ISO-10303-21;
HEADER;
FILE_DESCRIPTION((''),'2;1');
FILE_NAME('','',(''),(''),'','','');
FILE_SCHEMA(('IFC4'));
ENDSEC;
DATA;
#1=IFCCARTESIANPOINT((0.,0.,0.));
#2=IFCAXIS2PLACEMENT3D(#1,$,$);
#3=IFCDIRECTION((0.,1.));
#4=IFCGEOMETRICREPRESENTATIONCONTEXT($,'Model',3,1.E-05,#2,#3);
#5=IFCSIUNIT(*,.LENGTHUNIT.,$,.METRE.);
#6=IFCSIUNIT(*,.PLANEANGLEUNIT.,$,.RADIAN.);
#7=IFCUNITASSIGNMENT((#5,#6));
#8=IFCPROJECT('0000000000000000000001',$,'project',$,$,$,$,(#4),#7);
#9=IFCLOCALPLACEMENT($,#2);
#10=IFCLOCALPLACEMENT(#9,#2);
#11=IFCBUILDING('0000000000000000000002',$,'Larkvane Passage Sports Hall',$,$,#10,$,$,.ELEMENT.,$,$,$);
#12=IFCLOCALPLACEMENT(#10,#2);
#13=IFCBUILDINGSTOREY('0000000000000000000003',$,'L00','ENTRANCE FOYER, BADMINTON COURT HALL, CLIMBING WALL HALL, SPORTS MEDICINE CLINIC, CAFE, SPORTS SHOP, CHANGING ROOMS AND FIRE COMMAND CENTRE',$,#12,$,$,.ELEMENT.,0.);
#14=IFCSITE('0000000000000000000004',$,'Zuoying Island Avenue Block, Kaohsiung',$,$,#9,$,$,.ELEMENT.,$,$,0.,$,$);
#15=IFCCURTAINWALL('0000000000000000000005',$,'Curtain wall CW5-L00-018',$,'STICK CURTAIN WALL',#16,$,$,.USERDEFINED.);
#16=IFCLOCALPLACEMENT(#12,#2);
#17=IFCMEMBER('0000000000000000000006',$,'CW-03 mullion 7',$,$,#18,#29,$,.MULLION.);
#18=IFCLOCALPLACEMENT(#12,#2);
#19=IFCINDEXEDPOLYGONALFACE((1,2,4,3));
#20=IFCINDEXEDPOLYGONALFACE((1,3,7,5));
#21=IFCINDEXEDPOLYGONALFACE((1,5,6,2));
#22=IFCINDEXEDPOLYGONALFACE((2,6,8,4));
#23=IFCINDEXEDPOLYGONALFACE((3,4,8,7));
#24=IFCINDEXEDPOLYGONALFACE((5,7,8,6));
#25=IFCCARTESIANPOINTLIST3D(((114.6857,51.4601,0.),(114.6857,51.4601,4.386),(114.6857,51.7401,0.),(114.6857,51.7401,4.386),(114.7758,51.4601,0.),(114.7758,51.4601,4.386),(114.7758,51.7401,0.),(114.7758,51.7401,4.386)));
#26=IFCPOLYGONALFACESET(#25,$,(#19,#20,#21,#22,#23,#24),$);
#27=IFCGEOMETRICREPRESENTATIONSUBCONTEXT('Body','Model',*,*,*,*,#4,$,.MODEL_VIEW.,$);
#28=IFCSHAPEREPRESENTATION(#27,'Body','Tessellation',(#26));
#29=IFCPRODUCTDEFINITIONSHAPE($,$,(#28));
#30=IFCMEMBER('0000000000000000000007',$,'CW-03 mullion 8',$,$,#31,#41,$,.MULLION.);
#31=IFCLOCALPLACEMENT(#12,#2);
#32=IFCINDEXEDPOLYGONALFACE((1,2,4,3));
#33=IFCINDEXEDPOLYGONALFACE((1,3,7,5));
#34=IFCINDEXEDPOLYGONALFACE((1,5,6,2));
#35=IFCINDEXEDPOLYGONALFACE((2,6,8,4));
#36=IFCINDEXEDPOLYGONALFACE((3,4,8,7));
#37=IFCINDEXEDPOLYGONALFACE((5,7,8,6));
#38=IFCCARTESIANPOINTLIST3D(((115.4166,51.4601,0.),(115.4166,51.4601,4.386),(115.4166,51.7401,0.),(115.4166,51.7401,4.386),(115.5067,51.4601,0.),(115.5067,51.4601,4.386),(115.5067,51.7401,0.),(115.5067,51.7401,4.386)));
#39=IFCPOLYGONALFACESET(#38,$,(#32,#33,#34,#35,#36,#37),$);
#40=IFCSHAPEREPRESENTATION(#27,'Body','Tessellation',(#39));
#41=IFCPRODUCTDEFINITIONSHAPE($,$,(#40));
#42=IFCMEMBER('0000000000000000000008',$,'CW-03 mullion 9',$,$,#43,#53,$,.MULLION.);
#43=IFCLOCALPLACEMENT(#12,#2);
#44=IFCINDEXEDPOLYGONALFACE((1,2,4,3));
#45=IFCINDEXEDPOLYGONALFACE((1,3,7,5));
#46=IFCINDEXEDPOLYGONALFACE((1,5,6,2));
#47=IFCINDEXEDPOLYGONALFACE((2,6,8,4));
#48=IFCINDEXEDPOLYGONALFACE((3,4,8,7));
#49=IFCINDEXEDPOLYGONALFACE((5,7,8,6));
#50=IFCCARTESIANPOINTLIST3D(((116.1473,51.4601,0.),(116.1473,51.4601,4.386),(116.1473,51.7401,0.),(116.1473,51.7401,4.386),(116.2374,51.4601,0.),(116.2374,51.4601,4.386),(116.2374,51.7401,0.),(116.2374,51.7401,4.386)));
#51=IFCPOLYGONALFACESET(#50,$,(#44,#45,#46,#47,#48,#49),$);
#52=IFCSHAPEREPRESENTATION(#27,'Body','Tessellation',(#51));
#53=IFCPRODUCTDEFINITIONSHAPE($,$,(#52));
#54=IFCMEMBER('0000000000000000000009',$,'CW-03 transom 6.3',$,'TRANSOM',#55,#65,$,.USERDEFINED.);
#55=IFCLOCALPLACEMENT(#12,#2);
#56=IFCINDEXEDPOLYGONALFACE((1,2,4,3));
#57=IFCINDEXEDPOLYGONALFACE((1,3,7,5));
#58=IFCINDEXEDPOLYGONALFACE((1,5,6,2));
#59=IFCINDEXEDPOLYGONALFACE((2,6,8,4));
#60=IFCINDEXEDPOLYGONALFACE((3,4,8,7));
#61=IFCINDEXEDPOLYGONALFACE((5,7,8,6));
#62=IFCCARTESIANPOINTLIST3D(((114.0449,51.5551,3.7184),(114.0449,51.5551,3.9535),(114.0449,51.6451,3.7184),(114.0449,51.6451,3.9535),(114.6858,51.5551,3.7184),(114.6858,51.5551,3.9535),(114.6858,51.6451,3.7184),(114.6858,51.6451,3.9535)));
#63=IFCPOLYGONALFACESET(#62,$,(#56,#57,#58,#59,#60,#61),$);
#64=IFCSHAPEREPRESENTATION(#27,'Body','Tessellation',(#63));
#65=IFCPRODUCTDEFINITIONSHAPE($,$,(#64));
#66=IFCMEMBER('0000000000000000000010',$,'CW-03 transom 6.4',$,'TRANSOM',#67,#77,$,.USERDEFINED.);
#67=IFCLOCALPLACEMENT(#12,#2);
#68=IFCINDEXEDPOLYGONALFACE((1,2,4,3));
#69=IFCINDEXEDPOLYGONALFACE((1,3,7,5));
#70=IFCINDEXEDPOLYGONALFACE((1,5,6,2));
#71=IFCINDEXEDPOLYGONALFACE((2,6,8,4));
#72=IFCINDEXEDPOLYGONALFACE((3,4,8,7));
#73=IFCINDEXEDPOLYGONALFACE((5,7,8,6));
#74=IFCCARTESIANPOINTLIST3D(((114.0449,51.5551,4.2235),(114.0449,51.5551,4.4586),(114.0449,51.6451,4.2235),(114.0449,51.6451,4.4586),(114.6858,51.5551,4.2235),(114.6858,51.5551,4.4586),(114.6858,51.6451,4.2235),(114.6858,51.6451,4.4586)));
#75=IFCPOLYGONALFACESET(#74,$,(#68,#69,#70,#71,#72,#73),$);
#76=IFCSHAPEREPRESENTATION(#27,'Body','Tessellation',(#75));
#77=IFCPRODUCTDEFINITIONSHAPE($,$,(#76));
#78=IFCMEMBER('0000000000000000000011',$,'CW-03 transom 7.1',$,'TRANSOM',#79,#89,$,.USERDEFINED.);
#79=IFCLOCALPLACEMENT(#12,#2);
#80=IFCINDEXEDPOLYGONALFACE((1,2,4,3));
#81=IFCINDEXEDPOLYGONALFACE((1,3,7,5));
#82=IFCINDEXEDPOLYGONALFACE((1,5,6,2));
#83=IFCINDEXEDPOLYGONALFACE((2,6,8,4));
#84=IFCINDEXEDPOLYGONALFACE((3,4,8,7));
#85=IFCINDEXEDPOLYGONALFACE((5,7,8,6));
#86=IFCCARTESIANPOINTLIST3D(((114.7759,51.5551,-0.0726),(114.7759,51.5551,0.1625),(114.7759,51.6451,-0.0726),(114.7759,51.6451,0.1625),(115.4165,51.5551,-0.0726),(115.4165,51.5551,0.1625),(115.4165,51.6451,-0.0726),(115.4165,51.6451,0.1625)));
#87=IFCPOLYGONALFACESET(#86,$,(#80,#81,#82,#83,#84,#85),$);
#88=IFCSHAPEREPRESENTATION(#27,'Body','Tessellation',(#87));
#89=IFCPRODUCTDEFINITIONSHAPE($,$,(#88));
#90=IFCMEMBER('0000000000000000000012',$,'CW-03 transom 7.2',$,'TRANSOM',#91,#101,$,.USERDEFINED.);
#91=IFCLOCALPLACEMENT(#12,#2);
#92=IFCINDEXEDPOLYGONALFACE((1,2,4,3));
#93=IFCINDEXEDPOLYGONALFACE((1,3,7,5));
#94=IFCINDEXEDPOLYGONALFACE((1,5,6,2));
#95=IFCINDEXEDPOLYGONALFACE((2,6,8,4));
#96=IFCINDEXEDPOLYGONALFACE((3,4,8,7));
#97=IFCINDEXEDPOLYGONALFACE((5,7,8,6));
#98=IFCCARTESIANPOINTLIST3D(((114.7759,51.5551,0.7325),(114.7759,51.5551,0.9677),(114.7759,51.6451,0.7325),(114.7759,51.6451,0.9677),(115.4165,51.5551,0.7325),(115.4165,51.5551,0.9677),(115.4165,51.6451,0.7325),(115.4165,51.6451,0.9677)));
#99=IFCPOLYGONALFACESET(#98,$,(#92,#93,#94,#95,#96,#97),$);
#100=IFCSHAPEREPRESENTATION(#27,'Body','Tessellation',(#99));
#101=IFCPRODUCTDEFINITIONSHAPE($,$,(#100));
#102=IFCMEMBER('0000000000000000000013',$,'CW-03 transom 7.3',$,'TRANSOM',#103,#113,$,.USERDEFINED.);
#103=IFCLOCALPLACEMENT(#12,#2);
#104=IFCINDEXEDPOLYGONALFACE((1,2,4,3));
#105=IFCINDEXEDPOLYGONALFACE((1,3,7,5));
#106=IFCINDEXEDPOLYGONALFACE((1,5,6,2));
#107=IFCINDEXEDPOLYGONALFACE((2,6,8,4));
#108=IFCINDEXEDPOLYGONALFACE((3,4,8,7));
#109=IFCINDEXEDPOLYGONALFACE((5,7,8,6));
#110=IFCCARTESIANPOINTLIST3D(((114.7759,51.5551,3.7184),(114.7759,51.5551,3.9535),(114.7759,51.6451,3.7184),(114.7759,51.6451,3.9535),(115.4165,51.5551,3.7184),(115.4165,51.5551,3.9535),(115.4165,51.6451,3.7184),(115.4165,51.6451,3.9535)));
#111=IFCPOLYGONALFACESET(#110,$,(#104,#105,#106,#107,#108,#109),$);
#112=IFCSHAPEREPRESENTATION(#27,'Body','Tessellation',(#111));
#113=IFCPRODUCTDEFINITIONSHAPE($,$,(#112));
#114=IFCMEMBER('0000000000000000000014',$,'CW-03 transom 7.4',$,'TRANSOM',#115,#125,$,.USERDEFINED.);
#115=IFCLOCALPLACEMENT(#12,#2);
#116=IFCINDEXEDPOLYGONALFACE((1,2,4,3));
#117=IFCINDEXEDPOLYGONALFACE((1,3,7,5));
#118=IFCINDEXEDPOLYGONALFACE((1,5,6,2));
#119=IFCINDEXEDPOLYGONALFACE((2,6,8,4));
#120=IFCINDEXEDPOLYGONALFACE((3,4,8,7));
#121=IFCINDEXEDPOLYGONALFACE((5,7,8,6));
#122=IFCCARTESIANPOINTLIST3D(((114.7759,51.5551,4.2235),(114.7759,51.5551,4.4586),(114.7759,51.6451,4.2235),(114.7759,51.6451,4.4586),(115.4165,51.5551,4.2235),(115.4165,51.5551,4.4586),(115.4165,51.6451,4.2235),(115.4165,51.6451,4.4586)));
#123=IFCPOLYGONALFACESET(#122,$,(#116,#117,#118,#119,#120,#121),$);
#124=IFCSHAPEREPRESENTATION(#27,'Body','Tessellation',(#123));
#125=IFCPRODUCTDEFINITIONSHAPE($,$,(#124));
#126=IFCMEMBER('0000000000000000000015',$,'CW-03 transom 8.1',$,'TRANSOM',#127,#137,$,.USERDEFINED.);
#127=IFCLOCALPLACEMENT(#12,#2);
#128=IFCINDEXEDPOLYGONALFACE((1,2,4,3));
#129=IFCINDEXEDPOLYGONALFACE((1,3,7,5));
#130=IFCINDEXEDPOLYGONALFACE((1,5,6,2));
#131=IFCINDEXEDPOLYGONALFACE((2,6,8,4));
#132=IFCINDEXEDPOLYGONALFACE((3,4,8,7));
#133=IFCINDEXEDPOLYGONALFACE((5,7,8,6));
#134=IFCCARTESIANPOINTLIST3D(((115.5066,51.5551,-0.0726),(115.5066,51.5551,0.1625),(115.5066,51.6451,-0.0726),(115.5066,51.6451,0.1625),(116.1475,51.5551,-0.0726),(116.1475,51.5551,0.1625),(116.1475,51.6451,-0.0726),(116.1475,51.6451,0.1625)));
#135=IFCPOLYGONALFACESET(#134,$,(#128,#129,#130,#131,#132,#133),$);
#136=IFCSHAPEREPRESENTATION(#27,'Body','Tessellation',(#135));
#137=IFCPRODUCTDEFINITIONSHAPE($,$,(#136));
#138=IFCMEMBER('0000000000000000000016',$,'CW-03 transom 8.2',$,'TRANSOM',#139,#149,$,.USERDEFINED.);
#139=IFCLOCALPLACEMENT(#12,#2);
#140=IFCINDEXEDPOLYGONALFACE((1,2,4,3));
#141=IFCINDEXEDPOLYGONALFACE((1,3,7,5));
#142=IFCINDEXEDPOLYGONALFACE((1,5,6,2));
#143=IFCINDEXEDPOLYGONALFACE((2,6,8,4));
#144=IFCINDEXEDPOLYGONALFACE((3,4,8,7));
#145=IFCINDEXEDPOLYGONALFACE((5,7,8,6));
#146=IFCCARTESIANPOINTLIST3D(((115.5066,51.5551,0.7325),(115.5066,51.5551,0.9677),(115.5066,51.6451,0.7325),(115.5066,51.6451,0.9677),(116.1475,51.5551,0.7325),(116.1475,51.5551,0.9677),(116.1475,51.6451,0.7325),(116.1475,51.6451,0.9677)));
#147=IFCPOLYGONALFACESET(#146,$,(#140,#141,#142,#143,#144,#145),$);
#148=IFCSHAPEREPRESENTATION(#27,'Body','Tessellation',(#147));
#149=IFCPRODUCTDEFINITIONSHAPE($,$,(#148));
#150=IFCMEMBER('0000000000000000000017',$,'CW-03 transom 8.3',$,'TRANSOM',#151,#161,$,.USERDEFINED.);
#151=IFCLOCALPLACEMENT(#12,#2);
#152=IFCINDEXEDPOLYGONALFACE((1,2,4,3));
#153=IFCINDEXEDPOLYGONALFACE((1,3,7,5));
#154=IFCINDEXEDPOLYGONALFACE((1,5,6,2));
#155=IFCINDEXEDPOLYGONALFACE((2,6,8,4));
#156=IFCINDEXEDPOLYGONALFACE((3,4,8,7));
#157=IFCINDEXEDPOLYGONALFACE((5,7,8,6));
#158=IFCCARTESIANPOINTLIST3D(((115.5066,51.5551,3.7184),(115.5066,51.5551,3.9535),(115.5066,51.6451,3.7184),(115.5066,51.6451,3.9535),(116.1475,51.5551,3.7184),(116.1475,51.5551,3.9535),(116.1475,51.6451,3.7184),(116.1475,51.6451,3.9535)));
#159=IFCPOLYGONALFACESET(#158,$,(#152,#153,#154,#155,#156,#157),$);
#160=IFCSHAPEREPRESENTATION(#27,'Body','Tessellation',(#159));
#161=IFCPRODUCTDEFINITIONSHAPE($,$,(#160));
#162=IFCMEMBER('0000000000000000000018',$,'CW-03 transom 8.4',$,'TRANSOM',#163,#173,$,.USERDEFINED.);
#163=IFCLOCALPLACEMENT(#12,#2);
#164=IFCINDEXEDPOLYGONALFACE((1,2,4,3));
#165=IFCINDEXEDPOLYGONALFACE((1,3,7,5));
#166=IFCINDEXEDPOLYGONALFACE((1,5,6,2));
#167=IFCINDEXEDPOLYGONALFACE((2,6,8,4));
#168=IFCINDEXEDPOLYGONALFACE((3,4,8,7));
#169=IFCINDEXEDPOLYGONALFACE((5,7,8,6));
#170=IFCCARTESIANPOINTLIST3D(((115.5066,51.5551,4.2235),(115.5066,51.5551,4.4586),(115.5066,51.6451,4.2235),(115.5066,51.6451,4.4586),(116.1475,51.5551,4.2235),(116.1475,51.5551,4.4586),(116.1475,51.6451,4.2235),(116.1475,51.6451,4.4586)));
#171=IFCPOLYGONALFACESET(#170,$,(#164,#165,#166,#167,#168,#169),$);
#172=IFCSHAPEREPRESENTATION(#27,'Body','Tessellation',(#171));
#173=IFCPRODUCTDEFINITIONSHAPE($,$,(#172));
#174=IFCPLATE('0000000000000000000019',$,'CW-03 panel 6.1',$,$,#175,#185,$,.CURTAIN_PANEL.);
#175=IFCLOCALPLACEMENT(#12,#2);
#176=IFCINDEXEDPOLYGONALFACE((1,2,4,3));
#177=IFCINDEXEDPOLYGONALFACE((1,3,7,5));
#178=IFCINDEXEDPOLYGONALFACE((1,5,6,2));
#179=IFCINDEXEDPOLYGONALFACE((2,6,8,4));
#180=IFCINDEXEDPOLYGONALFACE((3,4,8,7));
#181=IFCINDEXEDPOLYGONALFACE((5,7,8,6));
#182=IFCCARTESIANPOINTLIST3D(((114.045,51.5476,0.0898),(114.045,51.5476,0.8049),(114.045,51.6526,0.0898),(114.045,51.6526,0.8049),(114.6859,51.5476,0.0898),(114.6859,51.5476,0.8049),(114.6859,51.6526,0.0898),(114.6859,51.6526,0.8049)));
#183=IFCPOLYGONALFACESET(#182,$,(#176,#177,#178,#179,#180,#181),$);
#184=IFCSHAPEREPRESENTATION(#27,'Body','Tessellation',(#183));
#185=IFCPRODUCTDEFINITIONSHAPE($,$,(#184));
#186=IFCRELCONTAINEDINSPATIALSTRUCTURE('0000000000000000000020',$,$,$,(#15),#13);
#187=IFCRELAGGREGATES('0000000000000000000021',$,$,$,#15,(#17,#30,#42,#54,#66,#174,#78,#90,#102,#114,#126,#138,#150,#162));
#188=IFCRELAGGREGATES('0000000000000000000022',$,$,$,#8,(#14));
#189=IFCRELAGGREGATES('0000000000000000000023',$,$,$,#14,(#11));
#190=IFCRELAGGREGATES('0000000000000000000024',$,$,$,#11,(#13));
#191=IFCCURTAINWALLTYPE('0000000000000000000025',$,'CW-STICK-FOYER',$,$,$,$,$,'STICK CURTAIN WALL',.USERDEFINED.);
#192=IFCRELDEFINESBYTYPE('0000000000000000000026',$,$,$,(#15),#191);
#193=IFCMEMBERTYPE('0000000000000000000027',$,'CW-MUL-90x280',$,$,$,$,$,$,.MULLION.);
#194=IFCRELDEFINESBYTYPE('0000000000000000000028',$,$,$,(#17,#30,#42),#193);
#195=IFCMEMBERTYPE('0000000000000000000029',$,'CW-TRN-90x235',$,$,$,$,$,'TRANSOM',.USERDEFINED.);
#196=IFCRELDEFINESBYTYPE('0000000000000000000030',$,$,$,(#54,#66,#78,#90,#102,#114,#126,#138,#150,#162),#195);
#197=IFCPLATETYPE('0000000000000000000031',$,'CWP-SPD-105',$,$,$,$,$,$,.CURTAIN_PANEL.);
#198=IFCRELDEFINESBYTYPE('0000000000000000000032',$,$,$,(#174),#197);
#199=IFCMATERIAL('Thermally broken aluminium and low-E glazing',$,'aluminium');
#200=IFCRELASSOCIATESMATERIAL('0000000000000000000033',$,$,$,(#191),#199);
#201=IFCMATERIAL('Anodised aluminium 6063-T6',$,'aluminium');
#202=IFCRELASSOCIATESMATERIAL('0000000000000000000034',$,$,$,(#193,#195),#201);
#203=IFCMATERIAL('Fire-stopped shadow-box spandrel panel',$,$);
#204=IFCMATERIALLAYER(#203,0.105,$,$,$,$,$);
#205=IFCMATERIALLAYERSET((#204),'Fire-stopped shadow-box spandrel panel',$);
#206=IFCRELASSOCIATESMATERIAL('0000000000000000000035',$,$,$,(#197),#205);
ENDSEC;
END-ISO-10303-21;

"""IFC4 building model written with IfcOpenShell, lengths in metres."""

from ifc_helpers import new_model, si_unit, direction, frame, origin, origin_2d, place, context, subcontext, project, spatial, rectangle, extrude, material, layer, layer_set, material_profile, profile_set, type_object, element, aggregate, save


model = new_model("IFC4")

# Units and contexts
model_context = context("Model", 3, precision=1e-05, world=origin(), true_north=direction((0.0, 1.0)))
body_context = subcontext(model_context, "Body", "Model", "MODEL_VIEW")
ifc_project = project(units=[si_unit("LENGTHUNIT", "METRE"), si_unit("PLANEANGLEUNIT", "RADIAN")], contexts=[model_context])

# Site, building, storey
site_placement = place(None, origin())
site = spatial("IfcSite", under=ifc_project, at=site_placement, Name="Zuoying Island Avenue Block, Kaohsiung", CompositionType="ELEMENT", RefElevation=0.0)
building_placement = place(site_placement, origin())
building = spatial("IfcBuilding", under=site, at=building_placement, Name="Larkvane Passage Sports Hall", CompositionType="ELEMENT")
storey_placement = place(building_placement, origin())
storey = spatial("IfcBuildingStorey", under=building, at=storey_placement, Name="L00", Description="ENTRANCE FOYER, BADMINTON COURT HALL, CLIMBING WALL HALL, SPORTS MEDICINE CLINIC, CAFE, SPORTS SHOP, CHANGING ROOMS AND FIRE COMMAND CENTRE", CompositionType="ELEMENT", Elevation=0.0)

# Curtain wall, members, plate
ifc_material_1 = material(Name="Thermally broken aluminium and low-E glazing", Category="aluminium")
curtain_wall_type = type_object("IfcCurtainWallType", Name="CW-STICK-FOYER", ElementType="STICK CURTAIN WALL", PredefinedType="USERDEFINED", material=ifc_material_1)
curtain_wall_placement = place(storey_placement, origin())
curtain_wall = element("IfcCurtainWall", 1, at=curtain_wall_placement, inside=storey, type_object=curtain_wall_type, Name="Curtain wall CW5-L00-018", ObjectType="STICK CURTAIN WALL", PredefinedType="USERDEFINED")
ifc_material_2 = material(Name="Anodised aluminium 6063-T6", Category="aluminium")
ifc_material_profile_1 = material_profile(ifc_material_2, rectangle(XDim=0.0901, YDim=0.28, at=origin_2d()), Name="ALU-MUL-90x280")
ifc_profile_set_1 = profile_set([ifc_material_profile_1], Name="Anodised aluminium 6063-T6")
member_type_1 = type_object("IfcMemberType", Name="CW-MUL-90x280", PredefinedType="MULLION", material=ifc_profile_set_1)
member_1_placement = place(storey_placement, frame((114.7307, 51.6001, 0.0), z_axis=(0.0, 0.0, 1.0), x_axis=(1.0, 0.0, 0.0)))
member_1 = element("IfcMember", 2, at=member_1_placement, type_object=member_type_1, Name="CW-03 mullion 7", PredefinedType="MULLION", context=body_context, shape_type="SweptSolid", body=[
    extrude(rectangle(XDim=0.0901, YDim=0.28, at=origin_2d()), origin(), (0.0, 0.0, 1.0), 4.386),
])
member_2_placement = place(storey_placement, frame((115.4617, 51.6001, 0.0), z_axis=(0.0, 0.0, 1.0), x_axis=(1.0, 0.0, 0.0)))
member_2 = element("IfcMember", 3, at=member_2_placement, type_object=member_type_1, Name="CW-03 mullion 8", PredefinedType="MULLION", context=body_context, shape_type="SweptSolid", body=[
    extrude(rectangle(XDim=0.0901, YDim=0.28, at=origin_2d()), origin(), (0.0, 0.0, 1.0), 4.386),
])
member_3_placement = place(storey_placement, frame((116.1924, 51.6001, 0.0), z_axis=(0.0, 0.0, 1.0), x_axis=(1.0, 0.0, 0.0)))
member_3 = element("IfcMember", 4, at=member_3_placement, type_object=member_type_1, Name="CW-03 mullion 9", PredefinedType="MULLION", context=body_context, shape_type="SweptSolid", body=[
    extrude(rectangle(XDim=0.0901, YDim=0.28, at=origin_2d()), origin(), (0.0, 0.0, 1.0), 4.386),
])
ifc_material_profile_2 = material_profile(ifc_material_2, rectangle(XDim=0.0901, YDim=0.2351, at=origin_2d()), Name="ALU-TRN-90x235")
ifc_profile_set_2 = profile_set([ifc_material_profile_2], Name="Anodised aluminium 6063-T6")
member_type_2 = type_object("IfcMemberType", Name="CW-TRN-90x235", ElementType="TRANSOM", PredefinedType="USERDEFINED", material=ifc_profile_set_2)
member_4_placement = place(storey_placement, frame((114.0449, 51.6001, 3.8359), z_axis=(1.0, 0.0, 0.0), x_axis=(0.0, 1.0, 0.0)))
member_4 = element("IfcMember", 5, at=member_4_placement, type_object=member_type_2, Name="CW-03 transom 6.3", ObjectType="TRANSOM", PredefinedType="USERDEFINED", context=body_context, shape_type="SweptSolid", body=[
    extrude(rectangle(XDim=0.0901, YDim=0.2351, at=origin_2d()), origin(), (0.0, 0.0, 1.0), 0.6409),
])
member_5_placement = place(storey_placement, frame((114.0449, 51.6001, 4.3411), z_axis=(1.0, 0.0, 0.0), x_axis=(0.0, 1.0, 0.0)))
member_5 = element("IfcMember", 6, at=member_5_placement, type_object=member_type_2, Name="CW-03 transom 6.4", ObjectType="TRANSOM", PredefinedType="USERDEFINED", context=body_context, shape_type="SweptSolid", body=[
    extrude(rectangle(XDim=0.0901, YDim=0.2351, at=origin_2d()), origin(), (0.0, 0.0, 1.0), 0.6409),
])
member_6_placement = place(storey_placement, frame((114.7759, 51.6001, 0.0449), z_axis=(1.0, 0.0, 0.0), x_axis=(0.0, 1.0, 0.0)))
member_6 = element("IfcMember", 7, at=member_6_placement, type_object=member_type_2, Name="CW-03 transom 7.1", ObjectType="TRANSOM", PredefinedType="USERDEFINED", context=body_context, shape_type="SweptSolid", body=[
    extrude(rectangle(XDim=0.0901, YDim=0.2351, at=origin_2d()), origin(), (0.0, 0.0, 1.0), 0.6406),
])
member_7_placement = place(storey_placement, frame((114.7759, 51.6001, 0.8501), z_axis=(1.0, 0.0, 0.0), x_axis=(0.0, 1.0, 0.0)))
member_7 = element("IfcMember", 8, at=member_7_placement, type_object=member_type_2, Name="CW-03 transom 7.2", ObjectType="TRANSOM", PredefinedType="USERDEFINED", context=body_context, shape_type="SweptSolid", body=[
    extrude(rectangle(XDim=0.0901, YDim=0.2351, at=origin_2d()), origin(), (0.0, 0.0, 1.0), 0.6406),
])
member_8_placement = place(storey_placement, frame((114.7759, 51.6001, 3.8359), z_axis=(1.0, 0.0, 0.0), x_axis=(0.0, 1.0, 0.0)))
member_8 = element("IfcMember", 9, at=member_8_placement, type_object=member_type_2, Name="CW-03 transom 7.3", ObjectType="TRANSOM", PredefinedType="USERDEFINED", context=body_context, shape_type="SweptSolid", body=[
    extrude(rectangle(XDim=0.0901, YDim=0.2351, at=origin_2d()), origin(), (0.0, 0.0, 1.0), 0.6406),
])
member_9_placement = place(storey_placement, frame((114.7759, 51.6001, 4.3411), z_axis=(1.0, 0.0, 0.0), x_axis=(0.0, 1.0, 0.0)))
member_9 = element("IfcMember", 10, at=member_9_placement, type_object=member_type_2, Name="CW-03 transom 7.4", ObjectType="TRANSOM", PredefinedType="USERDEFINED", context=body_context, shape_type="SweptSolid", body=[
    extrude(rectangle(XDim=0.0901, YDim=0.2351, at=origin_2d()), origin(), (0.0, 0.0, 1.0), 0.6406),
])
member_10_placement = place(storey_placement, frame((115.5066, 51.6001, 0.0449), z_axis=(1.0, 0.0, 0.0), x_axis=(0.0, 1.0, 0.0)))
member_10 = element("IfcMember", 11, at=member_10_placement, type_object=member_type_2, Name="CW-03 transom 8.1", ObjectType="TRANSOM", PredefinedType="USERDEFINED", context=body_context, shape_type="SweptSolid", body=[
    extrude(rectangle(XDim=0.0901, YDim=0.2351, at=origin_2d()), origin(), (0.0, 0.0, 1.0), 0.6409),
])
member_11_placement = place(storey_placement, frame((115.5066, 51.6001, 0.8501), z_axis=(1.0, 0.0, 0.0), x_axis=(0.0, 1.0, 0.0)))
member_11 = element("IfcMember", 12, at=member_11_placement, type_object=member_type_2, Name="CW-03 transom 8.2", ObjectType="TRANSOM", PredefinedType="USERDEFINED", context=body_context, shape_type="SweptSolid", body=[
    extrude(rectangle(XDim=0.0901, YDim=0.2351, at=origin_2d()), origin(), (0.0, 0.0, 1.0), 0.6409),
])
member_12_placement = place(storey_placement, frame((115.5066, 51.6001, 3.8359), z_axis=(1.0, 0.0, 0.0), x_axis=(0.0, 1.0, 0.0)))
member_12 = element("IfcMember", 13, at=member_12_placement, type_object=member_type_2, Name="CW-03 transom 8.3", ObjectType="TRANSOM", PredefinedType="USERDEFINED", context=body_context, shape_type="SweptSolid", body=[
    extrude(rectangle(XDim=0.0901, YDim=0.2351, at=origin_2d()), origin(), (0.0, 0.0, 1.0), 0.6409),
])
member_13_placement = place(storey_placement, frame((115.5066, 51.6001, 4.3411), z_axis=(1.0, 0.0, 0.0), x_axis=(0.0, 1.0, 0.0)))
member_13 = element("IfcMember", 14, at=member_13_placement, type_object=member_type_2, Name="CW-03 transom 8.4", ObjectType="TRANSOM", PredefinedType="USERDEFINED", context=body_context, shape_type="SweptSolid", body=[
    extrude(rectangle(XDim=0.0901, YDim=0.2351, at=origin_2d()), origin(), (0.0, 0.0, 1.0), 0.6409),
])
ifc_material_3 = material(Name="Fire-stopped shadow-box spandrel panel")
ifc_layer_1 = layer(ifc_material_3, 0.105)
ifc_layer_set_1 = layer_set([ifc_layer_1], Name="Fire-stopped shadow-box spandrel panel")
plate_type_1 = type_object("IfcPlateType", Name="CWP-SPD-105", PredefinedType="CURTAIN_PANEL", material=ifc_layer_set_1)
plate_1_placement = place(storey_placement, frame((114.3655, 51.6001, 0.0898), z_axis=(0.0, 0.0, 1.0), x_axis=(1.0, 0.0, 0.0)))
plate_1 = element("IfcPlate", 15, at=plate_1_placement, type_object=plate_type_1, Name="CW-03 panel 6.1", PredefinedType="CURTAIN_PANEL", context=body_context, shape_type="SweptSolid", body=[
    extrude(rectangle(XDim=0.6409, YDim=0.105, at=origin_2d()), origin(), (0.0, 0.0, 1.0), 0.7151),
])
aggregate(curtain_wall, [member_1, member_2, member_3, member_4, member_5, plate_1, member_6, member_7, member_8, member_9, member_10, member_11, member_12, member_13])

save(model, "model.ifc")
